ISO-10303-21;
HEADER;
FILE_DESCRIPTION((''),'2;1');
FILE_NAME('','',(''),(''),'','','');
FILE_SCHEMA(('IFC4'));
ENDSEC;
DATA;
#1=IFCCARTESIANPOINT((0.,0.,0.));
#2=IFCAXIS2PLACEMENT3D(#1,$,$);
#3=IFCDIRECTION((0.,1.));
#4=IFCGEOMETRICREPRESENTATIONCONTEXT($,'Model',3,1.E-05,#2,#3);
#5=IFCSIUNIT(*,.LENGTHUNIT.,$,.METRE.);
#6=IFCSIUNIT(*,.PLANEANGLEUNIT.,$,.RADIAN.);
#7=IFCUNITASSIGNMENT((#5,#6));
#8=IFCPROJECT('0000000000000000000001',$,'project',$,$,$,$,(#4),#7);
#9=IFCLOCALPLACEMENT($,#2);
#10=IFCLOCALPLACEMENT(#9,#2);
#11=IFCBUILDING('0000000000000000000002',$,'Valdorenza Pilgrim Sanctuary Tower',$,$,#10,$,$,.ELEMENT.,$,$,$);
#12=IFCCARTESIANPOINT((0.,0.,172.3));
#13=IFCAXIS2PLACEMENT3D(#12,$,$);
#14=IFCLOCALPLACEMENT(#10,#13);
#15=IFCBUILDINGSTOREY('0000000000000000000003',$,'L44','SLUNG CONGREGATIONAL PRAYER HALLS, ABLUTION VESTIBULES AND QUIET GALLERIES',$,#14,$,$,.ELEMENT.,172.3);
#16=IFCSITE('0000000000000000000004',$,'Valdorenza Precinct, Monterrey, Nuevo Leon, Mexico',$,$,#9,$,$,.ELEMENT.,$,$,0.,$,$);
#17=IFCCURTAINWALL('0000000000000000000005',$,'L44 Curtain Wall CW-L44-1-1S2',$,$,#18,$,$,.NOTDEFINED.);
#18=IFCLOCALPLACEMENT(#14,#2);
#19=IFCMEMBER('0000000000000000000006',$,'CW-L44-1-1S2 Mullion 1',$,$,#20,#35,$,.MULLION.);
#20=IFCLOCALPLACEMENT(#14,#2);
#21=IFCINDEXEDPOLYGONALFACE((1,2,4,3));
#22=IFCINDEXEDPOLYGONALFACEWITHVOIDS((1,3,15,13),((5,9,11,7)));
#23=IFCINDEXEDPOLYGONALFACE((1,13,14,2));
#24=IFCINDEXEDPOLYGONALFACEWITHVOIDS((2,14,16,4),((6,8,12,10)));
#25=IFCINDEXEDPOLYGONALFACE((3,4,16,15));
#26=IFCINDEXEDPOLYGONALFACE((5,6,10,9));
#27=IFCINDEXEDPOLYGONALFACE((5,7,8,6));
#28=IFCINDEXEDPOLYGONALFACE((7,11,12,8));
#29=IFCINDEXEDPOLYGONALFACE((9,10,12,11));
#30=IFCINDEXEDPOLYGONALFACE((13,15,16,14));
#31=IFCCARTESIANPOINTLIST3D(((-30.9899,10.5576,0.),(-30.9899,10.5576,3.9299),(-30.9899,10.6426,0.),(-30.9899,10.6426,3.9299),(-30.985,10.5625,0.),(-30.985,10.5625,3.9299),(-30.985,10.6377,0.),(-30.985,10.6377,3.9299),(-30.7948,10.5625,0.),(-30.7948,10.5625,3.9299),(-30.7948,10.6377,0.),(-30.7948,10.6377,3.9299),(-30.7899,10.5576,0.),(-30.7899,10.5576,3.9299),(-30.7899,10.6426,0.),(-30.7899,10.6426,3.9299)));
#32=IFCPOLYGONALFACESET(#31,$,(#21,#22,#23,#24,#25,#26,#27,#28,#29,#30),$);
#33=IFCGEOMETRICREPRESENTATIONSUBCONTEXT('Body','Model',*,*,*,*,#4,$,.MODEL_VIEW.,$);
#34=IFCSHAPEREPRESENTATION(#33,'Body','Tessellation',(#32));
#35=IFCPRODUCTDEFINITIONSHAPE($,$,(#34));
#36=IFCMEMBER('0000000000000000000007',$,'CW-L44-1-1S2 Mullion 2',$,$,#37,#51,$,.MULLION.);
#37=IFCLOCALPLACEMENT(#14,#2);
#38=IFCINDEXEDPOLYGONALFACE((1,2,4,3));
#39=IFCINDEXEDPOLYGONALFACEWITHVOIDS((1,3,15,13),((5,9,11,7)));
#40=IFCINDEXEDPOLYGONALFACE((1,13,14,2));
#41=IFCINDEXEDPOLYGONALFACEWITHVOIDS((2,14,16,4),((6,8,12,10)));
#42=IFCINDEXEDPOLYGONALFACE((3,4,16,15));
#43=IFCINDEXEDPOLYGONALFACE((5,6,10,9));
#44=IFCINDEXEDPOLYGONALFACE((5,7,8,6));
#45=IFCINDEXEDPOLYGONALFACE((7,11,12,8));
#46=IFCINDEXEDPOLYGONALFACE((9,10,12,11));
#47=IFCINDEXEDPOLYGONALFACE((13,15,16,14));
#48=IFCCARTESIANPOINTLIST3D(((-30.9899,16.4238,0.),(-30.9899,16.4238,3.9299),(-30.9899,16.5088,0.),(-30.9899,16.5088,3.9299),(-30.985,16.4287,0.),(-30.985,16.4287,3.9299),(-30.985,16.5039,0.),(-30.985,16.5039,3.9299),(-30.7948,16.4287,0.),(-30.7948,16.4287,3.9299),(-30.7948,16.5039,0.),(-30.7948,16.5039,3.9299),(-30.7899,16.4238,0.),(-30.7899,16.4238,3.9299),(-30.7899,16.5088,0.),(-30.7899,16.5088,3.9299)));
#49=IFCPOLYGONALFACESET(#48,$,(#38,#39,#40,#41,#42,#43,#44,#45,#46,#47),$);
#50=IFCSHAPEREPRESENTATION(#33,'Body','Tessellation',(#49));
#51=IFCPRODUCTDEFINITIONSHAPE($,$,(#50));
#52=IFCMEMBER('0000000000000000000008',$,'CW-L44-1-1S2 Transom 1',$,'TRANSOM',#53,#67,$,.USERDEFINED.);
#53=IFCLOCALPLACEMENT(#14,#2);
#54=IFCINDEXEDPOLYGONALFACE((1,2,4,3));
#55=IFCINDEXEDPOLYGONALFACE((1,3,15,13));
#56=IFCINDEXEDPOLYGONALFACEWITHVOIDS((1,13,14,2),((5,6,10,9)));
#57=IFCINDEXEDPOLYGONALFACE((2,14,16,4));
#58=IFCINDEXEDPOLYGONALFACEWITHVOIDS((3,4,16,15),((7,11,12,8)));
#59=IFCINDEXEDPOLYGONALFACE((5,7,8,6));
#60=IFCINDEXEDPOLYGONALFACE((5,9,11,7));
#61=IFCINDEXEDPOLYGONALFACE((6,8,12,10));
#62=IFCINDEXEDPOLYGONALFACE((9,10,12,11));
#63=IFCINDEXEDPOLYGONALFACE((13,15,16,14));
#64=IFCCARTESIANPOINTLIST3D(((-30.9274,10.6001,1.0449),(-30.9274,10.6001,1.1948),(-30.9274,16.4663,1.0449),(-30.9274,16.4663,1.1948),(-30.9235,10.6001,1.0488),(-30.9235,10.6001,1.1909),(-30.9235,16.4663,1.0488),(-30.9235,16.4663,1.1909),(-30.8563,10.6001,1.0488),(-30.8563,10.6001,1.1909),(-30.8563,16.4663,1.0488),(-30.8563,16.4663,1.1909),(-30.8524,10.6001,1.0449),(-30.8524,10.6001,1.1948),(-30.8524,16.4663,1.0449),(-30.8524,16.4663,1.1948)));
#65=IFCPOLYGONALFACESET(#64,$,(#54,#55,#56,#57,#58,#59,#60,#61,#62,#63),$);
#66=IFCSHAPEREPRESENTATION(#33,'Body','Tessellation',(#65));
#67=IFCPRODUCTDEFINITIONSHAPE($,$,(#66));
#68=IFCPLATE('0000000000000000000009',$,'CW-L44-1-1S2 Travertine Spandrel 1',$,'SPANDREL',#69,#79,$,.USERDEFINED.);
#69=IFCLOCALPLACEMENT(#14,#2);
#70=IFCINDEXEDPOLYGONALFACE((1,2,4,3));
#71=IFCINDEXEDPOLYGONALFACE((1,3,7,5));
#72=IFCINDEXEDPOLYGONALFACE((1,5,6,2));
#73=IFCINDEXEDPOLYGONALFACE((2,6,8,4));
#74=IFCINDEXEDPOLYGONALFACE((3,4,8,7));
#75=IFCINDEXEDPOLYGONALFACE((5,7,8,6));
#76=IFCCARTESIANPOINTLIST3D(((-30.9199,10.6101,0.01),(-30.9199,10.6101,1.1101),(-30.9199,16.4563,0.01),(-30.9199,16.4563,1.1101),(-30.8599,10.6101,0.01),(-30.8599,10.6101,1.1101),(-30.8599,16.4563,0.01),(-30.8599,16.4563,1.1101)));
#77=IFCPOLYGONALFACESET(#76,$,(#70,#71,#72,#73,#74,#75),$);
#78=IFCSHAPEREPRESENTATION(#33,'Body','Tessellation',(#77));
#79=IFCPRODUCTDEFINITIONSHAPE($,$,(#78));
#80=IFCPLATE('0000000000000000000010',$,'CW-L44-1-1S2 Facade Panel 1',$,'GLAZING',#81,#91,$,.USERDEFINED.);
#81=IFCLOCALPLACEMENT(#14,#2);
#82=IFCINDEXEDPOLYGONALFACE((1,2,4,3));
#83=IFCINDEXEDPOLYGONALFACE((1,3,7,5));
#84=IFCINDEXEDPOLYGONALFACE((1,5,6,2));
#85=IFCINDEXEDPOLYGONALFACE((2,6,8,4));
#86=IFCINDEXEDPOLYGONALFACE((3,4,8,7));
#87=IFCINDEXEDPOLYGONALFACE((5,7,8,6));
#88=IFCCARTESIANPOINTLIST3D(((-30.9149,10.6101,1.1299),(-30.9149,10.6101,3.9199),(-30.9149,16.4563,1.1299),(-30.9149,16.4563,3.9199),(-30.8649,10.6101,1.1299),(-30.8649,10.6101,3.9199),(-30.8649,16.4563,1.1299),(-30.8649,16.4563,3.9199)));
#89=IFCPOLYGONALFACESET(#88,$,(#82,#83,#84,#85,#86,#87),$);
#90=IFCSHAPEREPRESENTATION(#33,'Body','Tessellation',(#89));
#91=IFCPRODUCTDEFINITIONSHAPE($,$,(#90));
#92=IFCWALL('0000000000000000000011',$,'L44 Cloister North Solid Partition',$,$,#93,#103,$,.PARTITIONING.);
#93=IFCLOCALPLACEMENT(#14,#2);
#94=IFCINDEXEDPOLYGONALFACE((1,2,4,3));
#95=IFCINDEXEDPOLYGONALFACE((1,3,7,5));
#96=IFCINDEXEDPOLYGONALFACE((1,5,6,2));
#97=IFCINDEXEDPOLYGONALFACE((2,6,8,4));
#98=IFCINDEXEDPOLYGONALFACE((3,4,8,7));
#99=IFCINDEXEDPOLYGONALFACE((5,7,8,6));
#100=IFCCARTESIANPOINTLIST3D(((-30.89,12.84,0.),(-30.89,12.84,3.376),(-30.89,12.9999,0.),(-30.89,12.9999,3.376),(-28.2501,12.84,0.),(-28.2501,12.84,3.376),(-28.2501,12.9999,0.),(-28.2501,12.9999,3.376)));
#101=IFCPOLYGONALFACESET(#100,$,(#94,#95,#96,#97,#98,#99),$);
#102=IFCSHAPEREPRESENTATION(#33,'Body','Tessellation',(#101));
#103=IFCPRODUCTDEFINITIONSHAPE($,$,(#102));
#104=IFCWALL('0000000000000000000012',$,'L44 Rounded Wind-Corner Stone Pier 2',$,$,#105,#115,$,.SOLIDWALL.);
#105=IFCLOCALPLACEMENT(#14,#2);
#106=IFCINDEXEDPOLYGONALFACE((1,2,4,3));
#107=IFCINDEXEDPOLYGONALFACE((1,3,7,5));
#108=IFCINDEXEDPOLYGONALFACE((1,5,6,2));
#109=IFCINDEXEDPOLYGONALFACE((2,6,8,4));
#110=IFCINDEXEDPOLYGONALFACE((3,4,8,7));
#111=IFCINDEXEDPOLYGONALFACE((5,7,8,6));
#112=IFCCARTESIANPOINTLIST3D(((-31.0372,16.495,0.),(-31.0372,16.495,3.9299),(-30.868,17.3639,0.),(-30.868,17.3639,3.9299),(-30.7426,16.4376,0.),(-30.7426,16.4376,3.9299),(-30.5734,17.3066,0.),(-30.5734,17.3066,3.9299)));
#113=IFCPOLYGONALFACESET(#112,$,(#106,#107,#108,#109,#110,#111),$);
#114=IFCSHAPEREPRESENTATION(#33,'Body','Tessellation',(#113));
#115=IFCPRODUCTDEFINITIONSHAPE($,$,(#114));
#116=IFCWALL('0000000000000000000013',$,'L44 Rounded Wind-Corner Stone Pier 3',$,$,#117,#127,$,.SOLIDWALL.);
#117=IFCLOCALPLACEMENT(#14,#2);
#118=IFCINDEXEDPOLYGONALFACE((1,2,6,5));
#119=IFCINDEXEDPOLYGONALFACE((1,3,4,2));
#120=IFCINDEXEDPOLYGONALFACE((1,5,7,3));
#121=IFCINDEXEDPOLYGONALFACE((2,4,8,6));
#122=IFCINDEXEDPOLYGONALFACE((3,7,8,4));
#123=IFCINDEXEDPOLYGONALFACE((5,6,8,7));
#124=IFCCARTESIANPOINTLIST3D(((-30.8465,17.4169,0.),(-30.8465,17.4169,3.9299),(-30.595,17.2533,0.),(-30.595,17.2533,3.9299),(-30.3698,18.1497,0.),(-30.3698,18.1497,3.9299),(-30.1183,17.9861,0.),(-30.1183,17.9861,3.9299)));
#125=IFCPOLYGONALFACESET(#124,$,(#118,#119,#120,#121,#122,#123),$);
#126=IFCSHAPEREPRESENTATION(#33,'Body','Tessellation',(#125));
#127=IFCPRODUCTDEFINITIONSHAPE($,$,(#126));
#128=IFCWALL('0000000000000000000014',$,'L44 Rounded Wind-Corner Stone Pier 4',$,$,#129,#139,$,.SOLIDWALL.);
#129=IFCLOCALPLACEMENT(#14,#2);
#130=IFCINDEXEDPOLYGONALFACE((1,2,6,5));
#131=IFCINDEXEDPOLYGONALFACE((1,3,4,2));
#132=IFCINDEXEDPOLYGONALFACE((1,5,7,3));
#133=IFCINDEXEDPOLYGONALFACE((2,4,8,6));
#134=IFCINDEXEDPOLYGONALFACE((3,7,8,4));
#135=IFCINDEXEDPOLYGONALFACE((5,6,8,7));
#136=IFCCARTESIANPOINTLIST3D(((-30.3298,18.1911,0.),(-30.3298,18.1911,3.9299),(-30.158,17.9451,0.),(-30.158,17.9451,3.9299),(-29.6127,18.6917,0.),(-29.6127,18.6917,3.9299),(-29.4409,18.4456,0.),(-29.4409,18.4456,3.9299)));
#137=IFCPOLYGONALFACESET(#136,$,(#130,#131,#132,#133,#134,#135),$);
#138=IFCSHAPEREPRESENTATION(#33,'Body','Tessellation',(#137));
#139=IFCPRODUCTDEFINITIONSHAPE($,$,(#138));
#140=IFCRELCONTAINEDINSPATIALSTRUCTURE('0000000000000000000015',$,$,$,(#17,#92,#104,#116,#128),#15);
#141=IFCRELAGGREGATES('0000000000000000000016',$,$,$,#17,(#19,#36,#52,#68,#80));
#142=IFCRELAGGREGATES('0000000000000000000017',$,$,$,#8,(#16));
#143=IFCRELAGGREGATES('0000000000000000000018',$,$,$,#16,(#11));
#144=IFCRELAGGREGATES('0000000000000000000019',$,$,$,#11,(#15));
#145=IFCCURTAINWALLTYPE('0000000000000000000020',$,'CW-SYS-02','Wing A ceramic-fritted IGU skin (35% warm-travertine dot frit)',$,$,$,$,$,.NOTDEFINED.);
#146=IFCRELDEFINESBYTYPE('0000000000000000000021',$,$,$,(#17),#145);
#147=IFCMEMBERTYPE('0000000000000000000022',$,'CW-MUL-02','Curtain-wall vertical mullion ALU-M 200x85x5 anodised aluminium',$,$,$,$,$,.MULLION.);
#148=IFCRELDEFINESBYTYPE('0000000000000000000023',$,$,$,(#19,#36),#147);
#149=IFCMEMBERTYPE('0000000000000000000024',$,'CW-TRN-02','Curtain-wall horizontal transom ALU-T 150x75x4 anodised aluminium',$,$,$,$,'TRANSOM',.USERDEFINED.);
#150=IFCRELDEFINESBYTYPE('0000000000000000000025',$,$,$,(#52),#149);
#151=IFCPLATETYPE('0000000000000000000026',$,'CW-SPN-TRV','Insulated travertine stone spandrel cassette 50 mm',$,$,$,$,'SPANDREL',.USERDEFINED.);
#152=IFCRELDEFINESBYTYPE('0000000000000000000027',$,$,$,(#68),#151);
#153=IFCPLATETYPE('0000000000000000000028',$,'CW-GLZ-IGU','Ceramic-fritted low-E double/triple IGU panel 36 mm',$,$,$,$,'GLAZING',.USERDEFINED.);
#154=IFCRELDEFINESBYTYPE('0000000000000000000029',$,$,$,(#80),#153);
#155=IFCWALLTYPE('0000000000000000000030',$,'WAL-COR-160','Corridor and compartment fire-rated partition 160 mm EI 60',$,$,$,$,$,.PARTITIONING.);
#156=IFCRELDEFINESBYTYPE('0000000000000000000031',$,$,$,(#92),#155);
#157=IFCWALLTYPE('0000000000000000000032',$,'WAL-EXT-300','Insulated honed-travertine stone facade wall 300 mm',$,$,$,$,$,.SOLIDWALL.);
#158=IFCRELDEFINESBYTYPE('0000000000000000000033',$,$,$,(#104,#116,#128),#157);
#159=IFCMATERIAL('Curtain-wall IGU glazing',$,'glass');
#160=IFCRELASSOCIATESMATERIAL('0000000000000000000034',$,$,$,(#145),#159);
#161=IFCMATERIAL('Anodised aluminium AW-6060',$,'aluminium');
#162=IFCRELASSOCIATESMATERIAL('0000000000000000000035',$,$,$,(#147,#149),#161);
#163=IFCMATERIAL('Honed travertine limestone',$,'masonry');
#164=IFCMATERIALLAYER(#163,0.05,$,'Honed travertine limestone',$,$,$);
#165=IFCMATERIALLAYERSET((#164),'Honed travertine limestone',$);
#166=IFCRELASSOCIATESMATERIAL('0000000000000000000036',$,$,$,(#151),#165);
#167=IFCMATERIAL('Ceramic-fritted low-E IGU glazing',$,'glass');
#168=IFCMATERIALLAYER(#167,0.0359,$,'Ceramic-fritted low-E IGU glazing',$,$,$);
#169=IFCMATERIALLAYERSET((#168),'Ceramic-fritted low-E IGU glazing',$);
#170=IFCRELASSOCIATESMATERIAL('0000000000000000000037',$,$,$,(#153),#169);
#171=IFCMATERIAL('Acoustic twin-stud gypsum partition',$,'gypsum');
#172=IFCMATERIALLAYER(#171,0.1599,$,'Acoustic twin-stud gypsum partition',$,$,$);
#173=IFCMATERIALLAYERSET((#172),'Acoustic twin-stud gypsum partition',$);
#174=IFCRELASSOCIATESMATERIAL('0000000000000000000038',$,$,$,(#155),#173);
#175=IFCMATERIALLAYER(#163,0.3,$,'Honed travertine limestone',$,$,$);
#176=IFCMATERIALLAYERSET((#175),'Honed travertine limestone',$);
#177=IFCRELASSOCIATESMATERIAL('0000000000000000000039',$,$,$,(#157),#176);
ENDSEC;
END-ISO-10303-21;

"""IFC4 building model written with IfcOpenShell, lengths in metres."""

from ifc_helpers import new_model, si_unit, direction, frame, frame_2d, origin, origin_2d, place, context, subcontext, project, spatial, rectangle, hollow_rectangle, extrude, source, transform, mapped, material, layer, layer_set, material_profile, profile_set, type_object, element, aggregate, save


model = new_model("IFC4")

# Units and contexts
model_context = context("Model", 3, precision=1e-05, world=origin(), true_north=direction((0.0, 1.0)))
body_context = subcontext(model_context, "Body", "Model", "MODEL_VIEW")
ifc_project = project(units=[si_unit("LENGTHUNIT", "METRE"), si_unit("PLANEANGLEUNIT", "RADIAN")], contexts=[model_context])

# Site, building, storey
site_placement = place(None, origin())
site = spatial("IfcSite", under=ifc_project, at=site_placement, Name="Valdorenza Precinct, Monterrey, Nuevo Leon, Mexico", CompositionType="ELEMENT", RefElevation=0.0)
building_placement = place(site_placement, origin())
building = spatial("IfcBuilding", under=site, at=building_placement, Name="Valdorenza Pilgrim Sanctuary Tower", CompositionType="ELEMENT")
storey_placement = place(building_placement, frame((0.0, 0.0, 172.3)))
storey = spatial("IfcBuildingStorey", under=building, at=storey_placement, Name="L44", Description="SLUNG CONGREGATIONAL PRAYER HALLS, ABLUTION VESTIBULES AND QUIET GALLERIES", CompositionType="ELEMENT", Elevation=172.3)

# Curtain wall, members, plates
ifc_material_1 = material(Name="Curtain-wall IGU glazing", Category="glass")
curtain_wall_type = type_object("IfcCurtainWallType", Name="CW-SYS-02", Description="Wing A ceramic-fritted IGU skin (35% warm-travertine dot frit)", PredefinedType="NOTDEFINED", material=ifc_material_1)
curtain_wall_placement = place(storey_placement, origin())
curtain_wall = element("IfcCurtainWall", 1, at=curtain_wall_placement, inside=storey, type_object=curtain_wall_type, Name="L44 Curtain Wall CW-L44-1-1S2", PredefinedType="NOTDEFINED")
ifc_material_2 = material(Name="Anodised aluminium AW-6060", Category="aluminium")
ifc_material_profile_1 = material_profile(ifc_material_2, hollow_rectangle(XDim=0.085, YDim=0.2, WallThickness=0.0049, at=origin_2d()), Name="ALU-M 200x85x5")
ifc_profile_set_1 = profile_set([ifc_material_profile_1], Name="Anodised aluminium AW-6060")
member_type_1 = type_object("IfcMemberType", Name="CW-MUL-02", Description="Curtain-wall vertical mullion ALU-M 200x85x5 anodised aluminium", PredefinedType="MULLION", material=ifc_profile_set_1)
shared_shape_1 = source(origin(), body_context, "Body", "SweptSolid", [
    extrude(hollow_rectangle(XDim=0.085, YDim=0.2, WallThickness=0.0049, at=origin_2d()), origin(), (0.0, 0.0, 1.0), 3.9299),
])
member_1_placement = place(storey_placement, frame((-30.8899, 10.6001, 0.0), z_axis=(0.0, 0.0, 1.0), x_axis=(0.0, 1.0, 0.0)))
member_1 = element("IfcMember", 2, at=member_1_placement, type_object=member_type_1, Name="CW-L44-1-1S2 Mullion 1", PredefinedType="MULLION", context=body_context, shape_type="MappedRepresentation", body=[
    mapped(shared_shape_1, transform((0.0, 0.0, 0.0), x_axis=(1.0, 0.0, 0.0), y_axis=(0.0, 1.0, 0.0), z_axis=(0.0, 0.0, 1.0), scale=1.0)),
])
member_2_placement = place(storey_placement, frame((-30.8899, 16.4663, 0.0), z_axis=(0.0, 0.0, 1.0), x_axis=(0.0, 1.0, 0.0)))
member_2 = element("IfcMember", 3, at=member_2_placement, type_object=member_type_1, Name="CW-L44-1-1S2 Mullion 2", PredefinedType="MULLION", context=body_context, shape_type="MappedRepresentation", body=[
    mapped(shared_shape_1, transform((0.0, 0.0, 0.0), x_axis=(1.0, 0.0, 0.0), y_axis=(0.0, 1.0, 0.0), z_axis=(0.0, 0.0, 1.0), scale=1.0)),
])
ifc_material_profile_2 = material_profile(ifc_material_2, hollow_rectangle(XDim=0.075, YDim=0.1499, WallThickness=0.0039, at=origin_2d()), Name="ALU-T 150x75x4")
ifc_profile_set_2 = profile_set([ifc_material_profile_2], Name="Anodised aluminium AW-6060")
member_type_2 = type_object("IfcMemberType", Name="CW-TRN-02", Description="Curtain-wall horizontal transom ALU-T 150x75x4 anodised aluminium", ElementType="TRANSOM", PredefinedType="USERDEFINED", material=ifc_profile_set_2)
shared_shape_2 = source(origin(), body_context, "Body", "SweptSolid", [
    extrude(hollow_rectangle(XDim=0.075, YDim=0.1499, WallThickness=0.0039, at=origin_2d()), origin(), (0.0, 0.0, 1.0), 5.8662),
])
member_3_placement = place(storey_placement, frame((-30.8899, 10.6001, 1.1199), z_axis=(0.0, 1.0, 0.0), x_axis=(-1.0, 0.0, 0.0)))
member_3 = element("IfcMember", 4, at=member_3_placement, type_object=member_type_2, Name="CW-L44-1-1S2 Transom 1", ObjectType="TRANSOM", PredefinedType="USERDEFINED", context=body_context, shape_type="MappedRepresentation", body=[
    mapped(shared_shape_2, transform((0.0, 0.0, 0.0), x_axis=(1.0, 0.0, 0.0), y_axis=(0.0, 1.0, 0.0), z_axis=(0.0, 0.0, 1.0), scale=1.0)),
])
ifc_material_3 = material(Name="Honed travertine limestone", Category="masonry")
ifc_layer_1 = layer(ifc_material_3, 0.05, Name="Honed travertine limestone")
ifc_layer_set_1 = layer_set([ifc_layer_1], Name="Honed travertine limestone")
plate_type_1 = type_object("IfcPlateType", Name="CW-SPN-TRV", Description="Insulated travertine stone spandrel cassette 50 mm", ElementType="SPANDREL", PredefinedType="USERDEFINED", material=ifc_layer_set_1)
shared_shape_3 = source(origin(), body_context, "Body", "SweptSolid", [
    extrude(rectangle(XDim=5.8462, YDim=0.0601, at=origin_2d()), origin(), (0.0, 0.0, 1.0), 1.1001),
])
plate_1_placement = place(storey_placement, frame((-30.8899, 13.5332, 0.01), z_axis=(0.0, 0.0, 1.0), x_axis=(0.0, 1.0, 0.0)))
plate_1 = element("IfcPlate", 5, at=plate_1_placement, type_object=plate_type_1, Name="CW-L44-1-1S2 Travertine Spandrel 1", ObjectType="SPANDREL", PredefinedType="USERDEFINED", context=body_context, shape_type="MappedRepresentation", body=[
    mapped(shared_shape_3, transform((0.0, 0.0, 0.0), x_axis=(1.0, 0.0, 0.0), y_axis=(0.0, 1.0, 0.0), z_axis=(0.0, 0.0, 1.0), scale=1.0)),
])
ifc_material_4 = material(Name="Ceramic-fritted low-E IGU glazing", Category="glass")
ifc_layer_2 = layer(ifc_material_4, 0.0359, Name="Ceramic-fritted low-E IGU glazing")
ifc_layer_set_2 = layer_set([ifc_layer_2], Name="Ceramic-fritted low-E IGU glazing")
plate_type_2 = type_object("IfcPlateType", Name="CW-GLZ-IGU", Description="Ceramic-fritted low-E double/triple IGU panel 36 mm", ElementType="GLAZING", PredefinedType="USERDEFINED", material=ifc_layer_set_2)
shared_shape_4 = source(origin(), body_context, "Body", "SweptSolid", [
    extrude(rectangle(XDim=5.8462, YDim=0.05, at=origin_2d()), origin(), (0.0, 0.0, 1.0), 2.79),
])
plate_2_placement = place(storey_placement, frame((-30.8899, 13.5332, 1.1299), z_axis=(0.0, 0.0, 1.0), x_axis=(0.0, 1.0, 0.0)))
plate_2 = element("IfcPlate", 6, at=plate_2_placement, type_object=plate_type_2, Name="CW-L44-1-1S2 Facade Panel 1", ObjectType="GLAZING", PredefinedType="USERDEFINED", context=body_context, shape_type="MappedRepresentation", body=[
    mapped(shared_shape_4, transform((0.0, 0.0, 0.0), x_axis=(1.0, 0.0, 0.0), y_axis=(0.0, 1.0, 0.0), z_axis=(0.0, 0.0, 1.0), scale=1.0)),
])
aggregate(curtain_wall, [member_1, member_2, member_3, plate_1, plate_2])

# Walls
ifc_material_5 = material(Name="Acoustic twin-stud gypsum partition", Category="gypsum")
ifc_layer_3 = layer(ifc_material_5, 0.1599, Name="Acoustic twin-stud gypsum partition")
ifc_layer_set_3 = layer_set([ifc_layer_3], Name="Acoustic twin-stud gypsum partition")
wall_type_1 = type_object("IfcWallType", Name="WAL-COR-160", Description="Corridor and compartment fire-rated partition 160 mm EI 60", PredefinedType="PARTITIONING", material=ifc_layer_set_3)
wall_1_placement = place(storey_placement, frame((-30.8899, 12.9199, 0.0), z_axis=(0.0, 0.0, 1.0), x_axis=(1.0, 0.0, 0.0)))
element("IfcWall", 7, at=wall_1_placement, inside=storey, type_object=wall_type_1, Name="L44 Cloister North Solid Partition", PredefinedType="PARTITIONING", context=body_context, shape_type="SweptSolid", body=[
    extrude(rectangle(XDim=2.6399, YDim=0.1599, at=frame_2d((1.3198, 0.0))), origin(), (0.0, 0.0, 1.0), 3.376),
])
ifc_layer_4 = layer(ifc_material_3, 0.3, Name="Honed travertine limestone")
ifc_layer_set_4 = layer_set([ifc_layer_4], Name="Honed travertine limestone")
wall_type_2 = type_object("IfcWallType", Name="WAL-EXT-300", Description="Insulated honed-travertine stone facade wall 300 mm", PredefinedType="SOLIDWALL", material=ifc_layer_set_4)
wall_2_placement = place(storey_placement, frame((-30.8899, 16.4663, 0.0), z_axis=(0.0, 0.0, 1.0), x_axis=(0.191128, 0.981565, 0.0)))
element("IfcWall", 8, at=wall_2_placement, inside=storey, type_object=wall_type_2, Name="L44 Rounded Wind-Corner Stone Pier 2", PredefinedType="SOLIDWALL", context=body_context, shape_type="SweptSolid", body=[
    extrude(rectangle(XDim=0.8853, YDim=0.3, at=frame_2d((0.4426, 0.0))), origin(), (0.0, 0.0, 1.0), 3.9299),
])
wall_3_placement = place(storey_placement, frame((-30.7207, 17.3352, 0.0), z_axis=(0.0, 0.0, 1.0), x_axis=(0.545322, 0.838227, 0.0)))
element("IfcWall", 9, at=wall_3_placement, inside=storey, type_object=wall_type_2, Name="L44 Rounded Wind-Corner Stone Pier 3", PredefinedType="SOLIDWALL", context=body_context, shape_type="SweptSolid", body=[
    extrude(rectangle(XDim=0.8743, YDim=0.3, at=frame_2d((0.437, 0.0))), origin(), (0.0, 0.0, 1.0), 3.9299),
])
wall_4_placement = place(storey_placement, frame((-30.2439, 18.0681, 0.0), z_axis=(0.0, 0.0, 1.0), x_axis=(0.820005, 0.572356, 0.0)))
element("IfcWall", 10, at=wall_4_placement, inside=storey, type_object=wall_type_2, Name="L44 Rounded Wind-Corner Stone Pier 4", PredefinedType="SOLIDWALL", context=body_context, shape_type="SweptSolid", body=[
    extrude(rectangle(XDim=0.8745, YDim=0.3, at=frame_2d((0.4373, 0.0))), origin(), (0.0, 0.0, 1.0), 3.9299),
])

save(model, "model.ifc")
